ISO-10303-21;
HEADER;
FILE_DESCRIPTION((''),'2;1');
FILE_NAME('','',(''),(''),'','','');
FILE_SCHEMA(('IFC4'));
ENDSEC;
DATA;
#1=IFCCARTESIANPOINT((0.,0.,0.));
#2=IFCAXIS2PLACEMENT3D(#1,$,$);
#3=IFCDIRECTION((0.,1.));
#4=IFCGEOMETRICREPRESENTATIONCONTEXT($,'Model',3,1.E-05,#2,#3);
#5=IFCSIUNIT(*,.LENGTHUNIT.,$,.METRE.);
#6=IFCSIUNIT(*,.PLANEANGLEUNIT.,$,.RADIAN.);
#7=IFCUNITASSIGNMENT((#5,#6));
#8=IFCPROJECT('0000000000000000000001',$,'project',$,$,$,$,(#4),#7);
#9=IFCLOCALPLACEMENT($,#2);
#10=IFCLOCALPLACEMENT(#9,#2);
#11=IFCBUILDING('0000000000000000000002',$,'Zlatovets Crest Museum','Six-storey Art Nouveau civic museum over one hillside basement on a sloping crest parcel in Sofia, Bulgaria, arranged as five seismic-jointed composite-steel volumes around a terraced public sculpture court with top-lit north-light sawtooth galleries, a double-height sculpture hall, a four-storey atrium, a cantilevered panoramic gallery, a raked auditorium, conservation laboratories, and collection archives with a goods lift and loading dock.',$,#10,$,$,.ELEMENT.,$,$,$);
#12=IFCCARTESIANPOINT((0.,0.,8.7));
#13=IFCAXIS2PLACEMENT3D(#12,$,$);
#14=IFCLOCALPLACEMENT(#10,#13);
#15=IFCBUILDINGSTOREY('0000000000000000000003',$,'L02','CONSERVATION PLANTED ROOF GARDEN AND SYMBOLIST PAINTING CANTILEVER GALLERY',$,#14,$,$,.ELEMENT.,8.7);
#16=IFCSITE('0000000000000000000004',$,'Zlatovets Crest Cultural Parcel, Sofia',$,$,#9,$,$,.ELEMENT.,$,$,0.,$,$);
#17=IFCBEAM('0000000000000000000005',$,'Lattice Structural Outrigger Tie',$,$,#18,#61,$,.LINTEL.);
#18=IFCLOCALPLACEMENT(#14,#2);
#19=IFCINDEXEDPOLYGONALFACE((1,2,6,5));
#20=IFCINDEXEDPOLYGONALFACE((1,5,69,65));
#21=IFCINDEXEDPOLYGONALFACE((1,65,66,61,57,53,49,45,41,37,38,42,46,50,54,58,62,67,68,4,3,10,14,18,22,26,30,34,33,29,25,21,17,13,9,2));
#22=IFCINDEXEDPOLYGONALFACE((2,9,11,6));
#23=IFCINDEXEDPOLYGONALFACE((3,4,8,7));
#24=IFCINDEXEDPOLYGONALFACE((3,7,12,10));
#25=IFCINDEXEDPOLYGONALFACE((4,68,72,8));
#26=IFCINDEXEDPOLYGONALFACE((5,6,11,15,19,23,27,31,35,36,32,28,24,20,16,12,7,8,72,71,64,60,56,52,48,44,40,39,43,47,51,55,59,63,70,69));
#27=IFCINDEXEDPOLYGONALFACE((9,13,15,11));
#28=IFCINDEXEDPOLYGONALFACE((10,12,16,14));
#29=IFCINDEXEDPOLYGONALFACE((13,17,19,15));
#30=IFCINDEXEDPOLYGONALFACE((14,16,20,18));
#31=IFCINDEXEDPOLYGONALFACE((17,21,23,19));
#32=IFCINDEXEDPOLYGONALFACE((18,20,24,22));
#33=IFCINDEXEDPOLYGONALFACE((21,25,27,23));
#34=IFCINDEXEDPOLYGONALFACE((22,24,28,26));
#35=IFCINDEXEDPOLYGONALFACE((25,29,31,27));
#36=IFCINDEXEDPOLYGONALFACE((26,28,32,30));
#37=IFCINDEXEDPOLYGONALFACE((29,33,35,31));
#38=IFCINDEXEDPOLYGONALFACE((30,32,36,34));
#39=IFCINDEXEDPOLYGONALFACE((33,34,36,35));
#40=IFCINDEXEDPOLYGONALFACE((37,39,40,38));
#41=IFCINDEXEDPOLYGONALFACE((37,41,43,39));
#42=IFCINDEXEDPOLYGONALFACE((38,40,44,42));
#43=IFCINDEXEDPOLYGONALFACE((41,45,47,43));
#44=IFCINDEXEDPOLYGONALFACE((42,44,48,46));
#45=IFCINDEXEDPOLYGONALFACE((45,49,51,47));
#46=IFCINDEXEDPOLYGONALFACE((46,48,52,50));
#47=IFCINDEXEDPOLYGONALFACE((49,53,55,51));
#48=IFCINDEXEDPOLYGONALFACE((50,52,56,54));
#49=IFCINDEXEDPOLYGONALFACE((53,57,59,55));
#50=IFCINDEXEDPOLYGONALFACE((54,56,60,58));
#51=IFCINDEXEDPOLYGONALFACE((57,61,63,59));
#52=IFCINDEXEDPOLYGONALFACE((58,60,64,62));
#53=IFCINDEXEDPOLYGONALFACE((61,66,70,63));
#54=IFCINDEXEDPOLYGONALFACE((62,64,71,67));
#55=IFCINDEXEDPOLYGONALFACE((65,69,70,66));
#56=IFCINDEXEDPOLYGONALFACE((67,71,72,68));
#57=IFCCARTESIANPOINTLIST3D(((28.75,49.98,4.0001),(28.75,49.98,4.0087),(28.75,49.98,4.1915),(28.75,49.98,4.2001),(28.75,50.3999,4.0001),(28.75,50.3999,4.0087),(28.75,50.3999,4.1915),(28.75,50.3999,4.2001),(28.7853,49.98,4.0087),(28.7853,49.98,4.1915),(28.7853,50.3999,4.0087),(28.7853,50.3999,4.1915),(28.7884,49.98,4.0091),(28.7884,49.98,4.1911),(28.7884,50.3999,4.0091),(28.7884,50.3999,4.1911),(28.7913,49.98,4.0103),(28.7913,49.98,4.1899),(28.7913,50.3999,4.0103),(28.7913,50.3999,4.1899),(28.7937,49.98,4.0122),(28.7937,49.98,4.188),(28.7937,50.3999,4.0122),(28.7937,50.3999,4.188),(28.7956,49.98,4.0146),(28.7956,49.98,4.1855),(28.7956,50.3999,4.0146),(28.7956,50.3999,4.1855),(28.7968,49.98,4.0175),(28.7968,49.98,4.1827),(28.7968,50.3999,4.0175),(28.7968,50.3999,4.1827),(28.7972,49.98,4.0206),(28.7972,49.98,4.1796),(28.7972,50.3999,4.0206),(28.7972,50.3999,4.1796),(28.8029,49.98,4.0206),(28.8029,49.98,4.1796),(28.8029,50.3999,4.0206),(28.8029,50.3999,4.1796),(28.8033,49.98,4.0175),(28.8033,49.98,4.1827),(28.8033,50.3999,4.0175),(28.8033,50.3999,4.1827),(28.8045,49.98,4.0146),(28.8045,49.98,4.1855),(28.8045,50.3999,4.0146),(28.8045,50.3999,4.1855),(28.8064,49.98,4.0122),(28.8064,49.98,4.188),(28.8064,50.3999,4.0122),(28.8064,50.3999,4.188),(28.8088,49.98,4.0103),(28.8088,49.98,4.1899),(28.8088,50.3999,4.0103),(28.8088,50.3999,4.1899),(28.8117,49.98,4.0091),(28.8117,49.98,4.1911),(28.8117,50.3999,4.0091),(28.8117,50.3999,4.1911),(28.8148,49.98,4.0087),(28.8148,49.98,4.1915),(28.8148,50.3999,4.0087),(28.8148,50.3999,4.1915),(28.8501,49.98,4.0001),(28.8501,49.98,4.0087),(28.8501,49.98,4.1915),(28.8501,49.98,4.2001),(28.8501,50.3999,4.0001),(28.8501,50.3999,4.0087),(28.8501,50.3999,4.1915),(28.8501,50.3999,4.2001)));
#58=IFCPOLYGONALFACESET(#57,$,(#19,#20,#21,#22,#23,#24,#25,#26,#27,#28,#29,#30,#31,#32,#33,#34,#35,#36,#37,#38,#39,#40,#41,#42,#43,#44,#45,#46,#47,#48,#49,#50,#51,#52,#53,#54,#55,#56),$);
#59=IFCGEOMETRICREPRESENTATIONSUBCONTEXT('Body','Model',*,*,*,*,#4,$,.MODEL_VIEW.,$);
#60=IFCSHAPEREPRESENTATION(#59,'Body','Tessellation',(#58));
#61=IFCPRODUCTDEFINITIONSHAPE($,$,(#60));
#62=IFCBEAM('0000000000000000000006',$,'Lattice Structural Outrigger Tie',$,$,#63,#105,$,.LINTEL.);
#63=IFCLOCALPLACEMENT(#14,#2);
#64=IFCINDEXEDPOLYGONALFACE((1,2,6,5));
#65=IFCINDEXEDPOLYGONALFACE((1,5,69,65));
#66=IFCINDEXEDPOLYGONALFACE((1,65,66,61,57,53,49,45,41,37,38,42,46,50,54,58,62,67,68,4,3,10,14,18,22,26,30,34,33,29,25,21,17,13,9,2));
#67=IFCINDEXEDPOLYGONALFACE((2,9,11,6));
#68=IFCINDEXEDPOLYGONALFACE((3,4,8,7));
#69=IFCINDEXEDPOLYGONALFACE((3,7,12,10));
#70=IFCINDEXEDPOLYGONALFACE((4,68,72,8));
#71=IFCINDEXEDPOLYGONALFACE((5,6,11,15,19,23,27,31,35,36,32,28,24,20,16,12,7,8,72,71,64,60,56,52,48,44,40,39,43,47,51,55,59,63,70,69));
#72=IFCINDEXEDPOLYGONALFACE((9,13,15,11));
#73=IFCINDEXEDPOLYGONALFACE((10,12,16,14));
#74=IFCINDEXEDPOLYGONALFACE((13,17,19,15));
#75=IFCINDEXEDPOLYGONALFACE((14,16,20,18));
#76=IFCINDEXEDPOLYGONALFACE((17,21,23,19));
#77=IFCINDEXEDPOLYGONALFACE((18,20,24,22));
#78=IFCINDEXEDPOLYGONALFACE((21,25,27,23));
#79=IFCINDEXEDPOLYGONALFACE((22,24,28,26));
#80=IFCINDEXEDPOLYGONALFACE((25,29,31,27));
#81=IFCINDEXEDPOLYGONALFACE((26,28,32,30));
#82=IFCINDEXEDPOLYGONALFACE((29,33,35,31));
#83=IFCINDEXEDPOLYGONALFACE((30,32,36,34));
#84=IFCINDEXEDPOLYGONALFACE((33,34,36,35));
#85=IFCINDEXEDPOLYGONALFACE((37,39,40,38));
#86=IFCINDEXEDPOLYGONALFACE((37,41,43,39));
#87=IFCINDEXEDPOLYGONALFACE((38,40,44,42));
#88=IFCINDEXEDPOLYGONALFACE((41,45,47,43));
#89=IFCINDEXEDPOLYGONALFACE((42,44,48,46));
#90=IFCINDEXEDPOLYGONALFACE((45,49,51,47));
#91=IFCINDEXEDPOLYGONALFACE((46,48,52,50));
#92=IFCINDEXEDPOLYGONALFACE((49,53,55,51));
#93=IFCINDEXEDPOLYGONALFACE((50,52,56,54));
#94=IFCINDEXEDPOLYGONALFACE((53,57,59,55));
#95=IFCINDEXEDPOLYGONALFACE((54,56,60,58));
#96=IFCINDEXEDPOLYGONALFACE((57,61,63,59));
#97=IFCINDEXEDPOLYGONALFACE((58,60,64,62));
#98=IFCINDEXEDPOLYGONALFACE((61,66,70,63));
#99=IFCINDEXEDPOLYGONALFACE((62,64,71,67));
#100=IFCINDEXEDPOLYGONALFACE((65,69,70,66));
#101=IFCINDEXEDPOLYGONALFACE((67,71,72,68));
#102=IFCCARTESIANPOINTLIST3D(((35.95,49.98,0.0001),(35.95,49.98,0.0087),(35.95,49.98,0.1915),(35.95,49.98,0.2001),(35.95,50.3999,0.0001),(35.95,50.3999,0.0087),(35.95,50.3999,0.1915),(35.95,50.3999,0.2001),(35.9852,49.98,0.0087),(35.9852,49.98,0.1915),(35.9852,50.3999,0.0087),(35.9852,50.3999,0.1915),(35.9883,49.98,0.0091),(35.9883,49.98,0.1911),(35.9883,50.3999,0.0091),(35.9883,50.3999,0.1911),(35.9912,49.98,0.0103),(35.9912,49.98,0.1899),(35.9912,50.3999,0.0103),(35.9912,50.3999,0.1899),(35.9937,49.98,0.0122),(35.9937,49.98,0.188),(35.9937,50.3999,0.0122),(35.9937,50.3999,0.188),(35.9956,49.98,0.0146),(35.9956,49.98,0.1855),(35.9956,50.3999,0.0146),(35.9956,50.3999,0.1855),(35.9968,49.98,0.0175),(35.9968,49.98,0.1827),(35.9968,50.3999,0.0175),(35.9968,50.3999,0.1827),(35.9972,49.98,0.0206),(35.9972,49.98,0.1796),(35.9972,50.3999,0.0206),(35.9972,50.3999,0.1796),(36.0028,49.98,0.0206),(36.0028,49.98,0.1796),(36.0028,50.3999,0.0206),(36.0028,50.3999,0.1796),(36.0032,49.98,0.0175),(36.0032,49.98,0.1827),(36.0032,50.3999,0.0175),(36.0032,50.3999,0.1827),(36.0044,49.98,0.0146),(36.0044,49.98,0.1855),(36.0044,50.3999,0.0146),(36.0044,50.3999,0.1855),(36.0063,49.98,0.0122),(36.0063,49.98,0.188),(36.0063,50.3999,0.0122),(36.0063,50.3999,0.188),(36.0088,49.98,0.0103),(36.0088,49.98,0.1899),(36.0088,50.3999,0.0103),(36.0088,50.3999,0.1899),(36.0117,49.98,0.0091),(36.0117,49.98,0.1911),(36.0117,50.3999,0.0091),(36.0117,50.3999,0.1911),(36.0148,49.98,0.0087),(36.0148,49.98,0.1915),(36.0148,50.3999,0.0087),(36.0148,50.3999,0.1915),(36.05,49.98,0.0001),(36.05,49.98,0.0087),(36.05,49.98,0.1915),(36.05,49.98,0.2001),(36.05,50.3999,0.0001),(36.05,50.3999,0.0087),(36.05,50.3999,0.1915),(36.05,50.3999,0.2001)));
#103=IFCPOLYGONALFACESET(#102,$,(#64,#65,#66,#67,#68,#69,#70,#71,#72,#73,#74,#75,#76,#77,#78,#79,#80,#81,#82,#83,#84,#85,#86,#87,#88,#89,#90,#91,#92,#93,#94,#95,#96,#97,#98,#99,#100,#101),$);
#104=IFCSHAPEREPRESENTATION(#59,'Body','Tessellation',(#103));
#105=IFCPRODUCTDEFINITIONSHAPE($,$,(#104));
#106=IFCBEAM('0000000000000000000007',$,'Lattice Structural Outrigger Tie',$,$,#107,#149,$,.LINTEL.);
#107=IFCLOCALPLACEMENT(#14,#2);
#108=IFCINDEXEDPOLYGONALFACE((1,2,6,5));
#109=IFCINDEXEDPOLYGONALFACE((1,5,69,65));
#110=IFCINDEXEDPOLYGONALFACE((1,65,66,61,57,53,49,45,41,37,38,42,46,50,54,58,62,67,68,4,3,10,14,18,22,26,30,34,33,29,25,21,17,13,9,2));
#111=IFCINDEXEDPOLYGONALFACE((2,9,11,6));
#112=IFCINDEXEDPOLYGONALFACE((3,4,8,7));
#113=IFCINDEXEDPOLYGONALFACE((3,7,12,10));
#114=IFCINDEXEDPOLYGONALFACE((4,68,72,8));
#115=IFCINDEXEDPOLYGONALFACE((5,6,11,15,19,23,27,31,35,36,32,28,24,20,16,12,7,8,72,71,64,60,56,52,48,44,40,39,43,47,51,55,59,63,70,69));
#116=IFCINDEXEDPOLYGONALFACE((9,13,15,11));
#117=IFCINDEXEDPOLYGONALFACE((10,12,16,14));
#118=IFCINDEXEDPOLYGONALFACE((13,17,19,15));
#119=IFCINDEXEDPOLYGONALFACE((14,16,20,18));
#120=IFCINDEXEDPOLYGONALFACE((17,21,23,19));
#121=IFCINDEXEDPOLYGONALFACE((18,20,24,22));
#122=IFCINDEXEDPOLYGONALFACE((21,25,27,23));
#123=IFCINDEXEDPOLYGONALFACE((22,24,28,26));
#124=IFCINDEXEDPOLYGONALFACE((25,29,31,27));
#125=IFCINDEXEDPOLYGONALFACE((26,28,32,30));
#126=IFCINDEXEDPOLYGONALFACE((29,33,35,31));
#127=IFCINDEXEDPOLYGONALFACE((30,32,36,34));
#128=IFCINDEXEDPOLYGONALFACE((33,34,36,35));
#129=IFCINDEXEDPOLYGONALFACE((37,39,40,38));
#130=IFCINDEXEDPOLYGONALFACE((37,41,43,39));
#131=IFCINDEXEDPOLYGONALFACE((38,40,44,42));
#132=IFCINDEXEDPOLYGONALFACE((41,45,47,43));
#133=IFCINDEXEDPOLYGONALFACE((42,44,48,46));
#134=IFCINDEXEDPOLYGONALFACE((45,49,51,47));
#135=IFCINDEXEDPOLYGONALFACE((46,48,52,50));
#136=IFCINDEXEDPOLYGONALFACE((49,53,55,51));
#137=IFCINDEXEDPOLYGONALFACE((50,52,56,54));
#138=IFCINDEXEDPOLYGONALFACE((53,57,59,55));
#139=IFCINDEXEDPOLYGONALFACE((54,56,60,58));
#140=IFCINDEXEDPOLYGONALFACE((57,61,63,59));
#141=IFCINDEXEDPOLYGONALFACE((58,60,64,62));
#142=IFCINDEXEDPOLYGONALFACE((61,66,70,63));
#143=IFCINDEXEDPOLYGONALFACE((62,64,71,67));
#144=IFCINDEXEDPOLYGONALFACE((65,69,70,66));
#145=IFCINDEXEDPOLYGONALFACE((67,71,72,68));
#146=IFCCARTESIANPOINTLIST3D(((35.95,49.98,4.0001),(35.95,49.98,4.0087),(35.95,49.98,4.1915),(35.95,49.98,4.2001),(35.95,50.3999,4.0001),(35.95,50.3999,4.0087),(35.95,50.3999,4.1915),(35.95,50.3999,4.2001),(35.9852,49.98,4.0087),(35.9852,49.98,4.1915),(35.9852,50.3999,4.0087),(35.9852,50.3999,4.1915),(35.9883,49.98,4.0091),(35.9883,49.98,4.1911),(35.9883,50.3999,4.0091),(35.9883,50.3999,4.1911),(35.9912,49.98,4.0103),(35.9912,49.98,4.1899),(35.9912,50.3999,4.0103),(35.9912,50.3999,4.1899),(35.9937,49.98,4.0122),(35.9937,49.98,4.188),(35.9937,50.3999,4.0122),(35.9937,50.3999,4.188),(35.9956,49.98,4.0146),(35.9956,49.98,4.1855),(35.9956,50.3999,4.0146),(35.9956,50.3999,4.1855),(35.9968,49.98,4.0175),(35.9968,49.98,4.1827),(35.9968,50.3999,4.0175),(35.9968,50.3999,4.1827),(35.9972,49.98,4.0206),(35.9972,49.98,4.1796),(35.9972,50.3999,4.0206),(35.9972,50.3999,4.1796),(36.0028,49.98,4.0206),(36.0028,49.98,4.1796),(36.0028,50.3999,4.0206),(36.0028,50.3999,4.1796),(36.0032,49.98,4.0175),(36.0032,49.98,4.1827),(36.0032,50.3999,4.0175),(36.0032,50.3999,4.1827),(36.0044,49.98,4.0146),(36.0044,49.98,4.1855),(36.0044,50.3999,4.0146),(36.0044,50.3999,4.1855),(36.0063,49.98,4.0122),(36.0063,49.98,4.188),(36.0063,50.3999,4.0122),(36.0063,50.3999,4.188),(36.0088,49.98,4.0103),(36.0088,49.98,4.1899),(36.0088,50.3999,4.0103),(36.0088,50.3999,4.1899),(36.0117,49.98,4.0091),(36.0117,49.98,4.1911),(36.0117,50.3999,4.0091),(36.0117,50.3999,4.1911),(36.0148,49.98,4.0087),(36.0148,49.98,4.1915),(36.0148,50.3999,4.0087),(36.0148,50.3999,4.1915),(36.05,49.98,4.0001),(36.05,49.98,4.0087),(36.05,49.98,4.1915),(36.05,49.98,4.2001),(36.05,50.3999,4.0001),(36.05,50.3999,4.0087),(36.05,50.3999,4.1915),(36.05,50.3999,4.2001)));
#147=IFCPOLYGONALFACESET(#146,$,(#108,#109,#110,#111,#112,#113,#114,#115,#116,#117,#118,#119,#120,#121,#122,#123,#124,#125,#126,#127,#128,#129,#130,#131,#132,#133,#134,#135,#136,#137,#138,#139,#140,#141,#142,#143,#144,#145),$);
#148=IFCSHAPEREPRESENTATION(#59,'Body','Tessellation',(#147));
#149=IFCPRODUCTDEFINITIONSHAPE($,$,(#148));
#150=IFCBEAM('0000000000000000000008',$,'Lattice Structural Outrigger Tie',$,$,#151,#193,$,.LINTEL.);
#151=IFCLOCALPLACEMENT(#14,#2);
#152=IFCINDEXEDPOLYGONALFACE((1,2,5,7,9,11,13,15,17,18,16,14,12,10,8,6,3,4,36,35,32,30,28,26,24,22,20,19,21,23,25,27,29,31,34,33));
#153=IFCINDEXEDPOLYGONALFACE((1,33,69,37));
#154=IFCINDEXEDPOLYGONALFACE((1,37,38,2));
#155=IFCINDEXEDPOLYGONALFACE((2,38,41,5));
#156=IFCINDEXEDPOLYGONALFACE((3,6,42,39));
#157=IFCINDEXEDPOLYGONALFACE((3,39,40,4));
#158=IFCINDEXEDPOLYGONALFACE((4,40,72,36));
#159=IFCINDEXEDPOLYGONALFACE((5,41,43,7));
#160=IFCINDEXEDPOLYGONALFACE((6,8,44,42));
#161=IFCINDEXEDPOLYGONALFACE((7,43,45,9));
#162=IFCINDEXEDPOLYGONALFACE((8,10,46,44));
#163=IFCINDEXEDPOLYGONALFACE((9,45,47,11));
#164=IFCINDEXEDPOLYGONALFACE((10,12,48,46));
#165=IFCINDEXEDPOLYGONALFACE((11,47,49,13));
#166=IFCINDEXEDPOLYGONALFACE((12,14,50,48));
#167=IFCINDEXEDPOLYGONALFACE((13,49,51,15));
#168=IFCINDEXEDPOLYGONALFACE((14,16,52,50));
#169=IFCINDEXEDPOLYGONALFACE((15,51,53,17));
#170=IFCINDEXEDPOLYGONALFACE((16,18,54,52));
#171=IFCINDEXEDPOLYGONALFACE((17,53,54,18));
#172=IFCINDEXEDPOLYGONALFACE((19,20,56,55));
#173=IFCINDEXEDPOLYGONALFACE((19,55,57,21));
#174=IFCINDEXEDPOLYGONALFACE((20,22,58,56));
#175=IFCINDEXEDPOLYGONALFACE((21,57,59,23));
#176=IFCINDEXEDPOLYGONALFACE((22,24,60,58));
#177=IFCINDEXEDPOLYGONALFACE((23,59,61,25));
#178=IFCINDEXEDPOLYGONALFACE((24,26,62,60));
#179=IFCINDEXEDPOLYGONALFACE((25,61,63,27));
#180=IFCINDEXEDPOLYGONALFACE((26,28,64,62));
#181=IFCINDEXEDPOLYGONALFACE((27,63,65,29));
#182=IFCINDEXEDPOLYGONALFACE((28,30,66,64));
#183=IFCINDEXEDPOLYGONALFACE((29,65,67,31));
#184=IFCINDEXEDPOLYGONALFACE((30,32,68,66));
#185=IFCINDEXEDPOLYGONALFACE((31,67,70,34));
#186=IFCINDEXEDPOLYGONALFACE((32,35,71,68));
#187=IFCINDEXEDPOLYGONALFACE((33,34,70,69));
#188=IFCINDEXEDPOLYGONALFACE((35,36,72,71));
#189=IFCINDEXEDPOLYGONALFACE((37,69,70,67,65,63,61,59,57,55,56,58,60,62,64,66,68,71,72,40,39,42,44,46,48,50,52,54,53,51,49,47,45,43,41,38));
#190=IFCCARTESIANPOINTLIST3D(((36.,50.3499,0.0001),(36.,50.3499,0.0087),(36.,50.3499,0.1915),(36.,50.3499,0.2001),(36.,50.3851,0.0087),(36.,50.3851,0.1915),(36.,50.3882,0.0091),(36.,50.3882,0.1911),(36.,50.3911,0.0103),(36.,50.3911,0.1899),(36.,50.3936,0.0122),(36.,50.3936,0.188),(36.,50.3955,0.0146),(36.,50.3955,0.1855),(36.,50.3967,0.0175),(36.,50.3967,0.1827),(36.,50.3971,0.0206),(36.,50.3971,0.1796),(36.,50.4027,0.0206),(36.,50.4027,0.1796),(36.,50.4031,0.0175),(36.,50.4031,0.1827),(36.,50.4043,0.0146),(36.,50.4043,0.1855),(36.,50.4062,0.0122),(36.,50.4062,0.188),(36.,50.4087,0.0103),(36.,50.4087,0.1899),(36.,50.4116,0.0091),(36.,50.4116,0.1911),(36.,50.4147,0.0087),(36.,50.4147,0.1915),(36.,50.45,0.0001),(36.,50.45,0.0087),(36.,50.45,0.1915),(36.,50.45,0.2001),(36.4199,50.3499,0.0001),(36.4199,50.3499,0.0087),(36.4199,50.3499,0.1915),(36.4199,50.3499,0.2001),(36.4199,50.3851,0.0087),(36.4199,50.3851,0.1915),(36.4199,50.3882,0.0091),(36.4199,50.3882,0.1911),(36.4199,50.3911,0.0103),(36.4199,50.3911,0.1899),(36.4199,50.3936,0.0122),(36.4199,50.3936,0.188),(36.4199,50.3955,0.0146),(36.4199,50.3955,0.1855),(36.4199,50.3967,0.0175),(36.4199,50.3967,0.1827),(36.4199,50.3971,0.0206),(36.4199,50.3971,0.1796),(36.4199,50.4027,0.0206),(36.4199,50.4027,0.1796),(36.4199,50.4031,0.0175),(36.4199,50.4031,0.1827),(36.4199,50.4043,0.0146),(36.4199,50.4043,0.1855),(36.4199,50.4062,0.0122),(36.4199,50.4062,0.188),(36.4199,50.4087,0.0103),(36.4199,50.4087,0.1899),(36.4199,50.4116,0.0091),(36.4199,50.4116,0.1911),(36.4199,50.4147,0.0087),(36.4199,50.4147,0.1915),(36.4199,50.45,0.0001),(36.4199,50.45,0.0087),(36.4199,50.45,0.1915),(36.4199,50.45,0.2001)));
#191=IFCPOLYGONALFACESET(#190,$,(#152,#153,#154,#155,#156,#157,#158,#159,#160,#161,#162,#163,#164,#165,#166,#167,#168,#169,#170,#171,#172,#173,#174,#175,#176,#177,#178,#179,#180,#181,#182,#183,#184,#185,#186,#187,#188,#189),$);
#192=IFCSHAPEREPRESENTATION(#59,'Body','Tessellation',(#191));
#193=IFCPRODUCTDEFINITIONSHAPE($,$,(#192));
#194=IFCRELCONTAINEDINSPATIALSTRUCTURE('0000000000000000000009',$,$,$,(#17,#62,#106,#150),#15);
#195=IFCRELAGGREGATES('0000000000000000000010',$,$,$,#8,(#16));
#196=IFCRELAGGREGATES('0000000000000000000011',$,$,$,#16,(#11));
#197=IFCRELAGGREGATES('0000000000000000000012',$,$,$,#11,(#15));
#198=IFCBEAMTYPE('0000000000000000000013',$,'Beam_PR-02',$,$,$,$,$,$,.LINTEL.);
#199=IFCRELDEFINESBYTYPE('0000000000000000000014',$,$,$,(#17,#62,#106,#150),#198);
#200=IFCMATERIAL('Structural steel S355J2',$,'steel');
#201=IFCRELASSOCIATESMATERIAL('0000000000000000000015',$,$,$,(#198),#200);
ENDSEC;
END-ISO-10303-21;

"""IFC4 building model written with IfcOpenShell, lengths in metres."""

from ifc_helpers import new_model, si_unit, direction, frame, origin, origin_2d, place, context, subcontext, project, spatial, i_section, extrude, material, material_profile, profile_set, type_object, element, save


model = new_model("IFC4")

# Units and contexts
model_context = context("Model", 3, precision=1e-05, world=origin(), true_north=direction((0.0, 1.0)))
body_context = subcontext(model_context, "Body", "Model", "MODEL_VIEW")
ifc_project = project(units=[si_unit("LENGTHUNIT", "METRE"), si_unit("PLANEANGLEUNIT", "RADIAN")], contexts=[model_context])

# Site, building, storey
site_placement = place(None, origin())
site = spatial("IfcSite", under=ifc_project, at=site_placement, Name="Zlatovets Crest Cultural Parcel, Sofia", CompositionType="ELEMENT", RefElevation=0.0)
building_placement = place(site_placement, origin())
building = spatial("IfcBuilding", under=site, at=building_placement, Name="Zlatovets Crest Museum", Description="Six-storey Art Nouveau civic museum over one hillside basement on a sloping crest parcel in Sofia, Bulgaria, arranged as five seismic-jointed composite-steel volumes around a terraced public sculpture court with top-lit north-light sawtooth galleries, a double-height sculpture hall, a four-storey atrium, a cantilevered panoramic gallery, a raked auditorium, conservation laboratories, and collection archives with a goods lift and loading dock.", CompositionType="ELEMENT")
storey_placement = place(building_placement, frame((0.0, 0.0, 8.7)))
storey = spatial("IfcBuildingStorey", under=building, at=storey_placement, Name="L02", Description="CONSERVATION PLANTED ROOF GARDEN AND SYMBOLIST PAINTING CANTILEVER GALLERY", CompositionType="ELEMENT", Elevation=8.7)

# Shared definitions
ifc_material_1 = material(Name="Structural steel S355J2", Category="steel")

# Beams
ifc_material_profile_1 = material_profile(ifc_material_1, i_section(OverallWidth=0.1001, OverallDepth=0.2, WebThickness=0.0056, FlangeThickness=0.0085, FilletRadius=0.012, at=origin_2d()), Name="IPE 200")
ifc_profile_set_1 = profile_set([ifc_material_profile_1], Name="Structural steel S355J2")
beam_type_1 = type_object("IfcBeamType", Name="Beam_PR-02", PredefinedType="LINTEL", material=ifc_profile_set_1)
for number, where, z_axis, x_axis, name in (
    (1, (28.8, 50.3999, 4.1001), (0.0, -1.0, 0.0), (1.0, 0.0, 0.0), "Lattice Structural Outrigger Tie"),
    (2, (36.0, 50.3999, 0.1001), (0.0, -1.0, 0.0), (1.0, 0.0, 0.0), "Lattice Structural Outrigger Tie"),
    (3, (36.0, 50.3999, 4.1001), (0.0, -1.0, 0.0), (1.0, 0.0, 0.0), "Lattice Structural Outrigger Tie"),
    (4, (36.0, 50.3999, 0.1001), (1.0, 0.0, 0.0), (0.0, 1.0, 0.0), "Lattice Structural Outrigger Tie"),
):
    element("IfcBeam", number, at=place(storey_placement, frame(where, z_axis=z_axis, x_axis=x_axis)), inside=storey, type_object=beam_type_1, Name=name, PredefinedType="LINTEL", context=body_context, shape_type="SweptSolid", body=[
        extrude(i_section(OverallWidth=0.1001, OverallDepth=0.2, WebThickness=0.0056, FlangeThickness=0.0085, FilletRadius=0.012, at=origin_2d()), origin(), (0.0, 0.0, 1.0), 0.4199),
    ])

save(model, "model.ifc")
